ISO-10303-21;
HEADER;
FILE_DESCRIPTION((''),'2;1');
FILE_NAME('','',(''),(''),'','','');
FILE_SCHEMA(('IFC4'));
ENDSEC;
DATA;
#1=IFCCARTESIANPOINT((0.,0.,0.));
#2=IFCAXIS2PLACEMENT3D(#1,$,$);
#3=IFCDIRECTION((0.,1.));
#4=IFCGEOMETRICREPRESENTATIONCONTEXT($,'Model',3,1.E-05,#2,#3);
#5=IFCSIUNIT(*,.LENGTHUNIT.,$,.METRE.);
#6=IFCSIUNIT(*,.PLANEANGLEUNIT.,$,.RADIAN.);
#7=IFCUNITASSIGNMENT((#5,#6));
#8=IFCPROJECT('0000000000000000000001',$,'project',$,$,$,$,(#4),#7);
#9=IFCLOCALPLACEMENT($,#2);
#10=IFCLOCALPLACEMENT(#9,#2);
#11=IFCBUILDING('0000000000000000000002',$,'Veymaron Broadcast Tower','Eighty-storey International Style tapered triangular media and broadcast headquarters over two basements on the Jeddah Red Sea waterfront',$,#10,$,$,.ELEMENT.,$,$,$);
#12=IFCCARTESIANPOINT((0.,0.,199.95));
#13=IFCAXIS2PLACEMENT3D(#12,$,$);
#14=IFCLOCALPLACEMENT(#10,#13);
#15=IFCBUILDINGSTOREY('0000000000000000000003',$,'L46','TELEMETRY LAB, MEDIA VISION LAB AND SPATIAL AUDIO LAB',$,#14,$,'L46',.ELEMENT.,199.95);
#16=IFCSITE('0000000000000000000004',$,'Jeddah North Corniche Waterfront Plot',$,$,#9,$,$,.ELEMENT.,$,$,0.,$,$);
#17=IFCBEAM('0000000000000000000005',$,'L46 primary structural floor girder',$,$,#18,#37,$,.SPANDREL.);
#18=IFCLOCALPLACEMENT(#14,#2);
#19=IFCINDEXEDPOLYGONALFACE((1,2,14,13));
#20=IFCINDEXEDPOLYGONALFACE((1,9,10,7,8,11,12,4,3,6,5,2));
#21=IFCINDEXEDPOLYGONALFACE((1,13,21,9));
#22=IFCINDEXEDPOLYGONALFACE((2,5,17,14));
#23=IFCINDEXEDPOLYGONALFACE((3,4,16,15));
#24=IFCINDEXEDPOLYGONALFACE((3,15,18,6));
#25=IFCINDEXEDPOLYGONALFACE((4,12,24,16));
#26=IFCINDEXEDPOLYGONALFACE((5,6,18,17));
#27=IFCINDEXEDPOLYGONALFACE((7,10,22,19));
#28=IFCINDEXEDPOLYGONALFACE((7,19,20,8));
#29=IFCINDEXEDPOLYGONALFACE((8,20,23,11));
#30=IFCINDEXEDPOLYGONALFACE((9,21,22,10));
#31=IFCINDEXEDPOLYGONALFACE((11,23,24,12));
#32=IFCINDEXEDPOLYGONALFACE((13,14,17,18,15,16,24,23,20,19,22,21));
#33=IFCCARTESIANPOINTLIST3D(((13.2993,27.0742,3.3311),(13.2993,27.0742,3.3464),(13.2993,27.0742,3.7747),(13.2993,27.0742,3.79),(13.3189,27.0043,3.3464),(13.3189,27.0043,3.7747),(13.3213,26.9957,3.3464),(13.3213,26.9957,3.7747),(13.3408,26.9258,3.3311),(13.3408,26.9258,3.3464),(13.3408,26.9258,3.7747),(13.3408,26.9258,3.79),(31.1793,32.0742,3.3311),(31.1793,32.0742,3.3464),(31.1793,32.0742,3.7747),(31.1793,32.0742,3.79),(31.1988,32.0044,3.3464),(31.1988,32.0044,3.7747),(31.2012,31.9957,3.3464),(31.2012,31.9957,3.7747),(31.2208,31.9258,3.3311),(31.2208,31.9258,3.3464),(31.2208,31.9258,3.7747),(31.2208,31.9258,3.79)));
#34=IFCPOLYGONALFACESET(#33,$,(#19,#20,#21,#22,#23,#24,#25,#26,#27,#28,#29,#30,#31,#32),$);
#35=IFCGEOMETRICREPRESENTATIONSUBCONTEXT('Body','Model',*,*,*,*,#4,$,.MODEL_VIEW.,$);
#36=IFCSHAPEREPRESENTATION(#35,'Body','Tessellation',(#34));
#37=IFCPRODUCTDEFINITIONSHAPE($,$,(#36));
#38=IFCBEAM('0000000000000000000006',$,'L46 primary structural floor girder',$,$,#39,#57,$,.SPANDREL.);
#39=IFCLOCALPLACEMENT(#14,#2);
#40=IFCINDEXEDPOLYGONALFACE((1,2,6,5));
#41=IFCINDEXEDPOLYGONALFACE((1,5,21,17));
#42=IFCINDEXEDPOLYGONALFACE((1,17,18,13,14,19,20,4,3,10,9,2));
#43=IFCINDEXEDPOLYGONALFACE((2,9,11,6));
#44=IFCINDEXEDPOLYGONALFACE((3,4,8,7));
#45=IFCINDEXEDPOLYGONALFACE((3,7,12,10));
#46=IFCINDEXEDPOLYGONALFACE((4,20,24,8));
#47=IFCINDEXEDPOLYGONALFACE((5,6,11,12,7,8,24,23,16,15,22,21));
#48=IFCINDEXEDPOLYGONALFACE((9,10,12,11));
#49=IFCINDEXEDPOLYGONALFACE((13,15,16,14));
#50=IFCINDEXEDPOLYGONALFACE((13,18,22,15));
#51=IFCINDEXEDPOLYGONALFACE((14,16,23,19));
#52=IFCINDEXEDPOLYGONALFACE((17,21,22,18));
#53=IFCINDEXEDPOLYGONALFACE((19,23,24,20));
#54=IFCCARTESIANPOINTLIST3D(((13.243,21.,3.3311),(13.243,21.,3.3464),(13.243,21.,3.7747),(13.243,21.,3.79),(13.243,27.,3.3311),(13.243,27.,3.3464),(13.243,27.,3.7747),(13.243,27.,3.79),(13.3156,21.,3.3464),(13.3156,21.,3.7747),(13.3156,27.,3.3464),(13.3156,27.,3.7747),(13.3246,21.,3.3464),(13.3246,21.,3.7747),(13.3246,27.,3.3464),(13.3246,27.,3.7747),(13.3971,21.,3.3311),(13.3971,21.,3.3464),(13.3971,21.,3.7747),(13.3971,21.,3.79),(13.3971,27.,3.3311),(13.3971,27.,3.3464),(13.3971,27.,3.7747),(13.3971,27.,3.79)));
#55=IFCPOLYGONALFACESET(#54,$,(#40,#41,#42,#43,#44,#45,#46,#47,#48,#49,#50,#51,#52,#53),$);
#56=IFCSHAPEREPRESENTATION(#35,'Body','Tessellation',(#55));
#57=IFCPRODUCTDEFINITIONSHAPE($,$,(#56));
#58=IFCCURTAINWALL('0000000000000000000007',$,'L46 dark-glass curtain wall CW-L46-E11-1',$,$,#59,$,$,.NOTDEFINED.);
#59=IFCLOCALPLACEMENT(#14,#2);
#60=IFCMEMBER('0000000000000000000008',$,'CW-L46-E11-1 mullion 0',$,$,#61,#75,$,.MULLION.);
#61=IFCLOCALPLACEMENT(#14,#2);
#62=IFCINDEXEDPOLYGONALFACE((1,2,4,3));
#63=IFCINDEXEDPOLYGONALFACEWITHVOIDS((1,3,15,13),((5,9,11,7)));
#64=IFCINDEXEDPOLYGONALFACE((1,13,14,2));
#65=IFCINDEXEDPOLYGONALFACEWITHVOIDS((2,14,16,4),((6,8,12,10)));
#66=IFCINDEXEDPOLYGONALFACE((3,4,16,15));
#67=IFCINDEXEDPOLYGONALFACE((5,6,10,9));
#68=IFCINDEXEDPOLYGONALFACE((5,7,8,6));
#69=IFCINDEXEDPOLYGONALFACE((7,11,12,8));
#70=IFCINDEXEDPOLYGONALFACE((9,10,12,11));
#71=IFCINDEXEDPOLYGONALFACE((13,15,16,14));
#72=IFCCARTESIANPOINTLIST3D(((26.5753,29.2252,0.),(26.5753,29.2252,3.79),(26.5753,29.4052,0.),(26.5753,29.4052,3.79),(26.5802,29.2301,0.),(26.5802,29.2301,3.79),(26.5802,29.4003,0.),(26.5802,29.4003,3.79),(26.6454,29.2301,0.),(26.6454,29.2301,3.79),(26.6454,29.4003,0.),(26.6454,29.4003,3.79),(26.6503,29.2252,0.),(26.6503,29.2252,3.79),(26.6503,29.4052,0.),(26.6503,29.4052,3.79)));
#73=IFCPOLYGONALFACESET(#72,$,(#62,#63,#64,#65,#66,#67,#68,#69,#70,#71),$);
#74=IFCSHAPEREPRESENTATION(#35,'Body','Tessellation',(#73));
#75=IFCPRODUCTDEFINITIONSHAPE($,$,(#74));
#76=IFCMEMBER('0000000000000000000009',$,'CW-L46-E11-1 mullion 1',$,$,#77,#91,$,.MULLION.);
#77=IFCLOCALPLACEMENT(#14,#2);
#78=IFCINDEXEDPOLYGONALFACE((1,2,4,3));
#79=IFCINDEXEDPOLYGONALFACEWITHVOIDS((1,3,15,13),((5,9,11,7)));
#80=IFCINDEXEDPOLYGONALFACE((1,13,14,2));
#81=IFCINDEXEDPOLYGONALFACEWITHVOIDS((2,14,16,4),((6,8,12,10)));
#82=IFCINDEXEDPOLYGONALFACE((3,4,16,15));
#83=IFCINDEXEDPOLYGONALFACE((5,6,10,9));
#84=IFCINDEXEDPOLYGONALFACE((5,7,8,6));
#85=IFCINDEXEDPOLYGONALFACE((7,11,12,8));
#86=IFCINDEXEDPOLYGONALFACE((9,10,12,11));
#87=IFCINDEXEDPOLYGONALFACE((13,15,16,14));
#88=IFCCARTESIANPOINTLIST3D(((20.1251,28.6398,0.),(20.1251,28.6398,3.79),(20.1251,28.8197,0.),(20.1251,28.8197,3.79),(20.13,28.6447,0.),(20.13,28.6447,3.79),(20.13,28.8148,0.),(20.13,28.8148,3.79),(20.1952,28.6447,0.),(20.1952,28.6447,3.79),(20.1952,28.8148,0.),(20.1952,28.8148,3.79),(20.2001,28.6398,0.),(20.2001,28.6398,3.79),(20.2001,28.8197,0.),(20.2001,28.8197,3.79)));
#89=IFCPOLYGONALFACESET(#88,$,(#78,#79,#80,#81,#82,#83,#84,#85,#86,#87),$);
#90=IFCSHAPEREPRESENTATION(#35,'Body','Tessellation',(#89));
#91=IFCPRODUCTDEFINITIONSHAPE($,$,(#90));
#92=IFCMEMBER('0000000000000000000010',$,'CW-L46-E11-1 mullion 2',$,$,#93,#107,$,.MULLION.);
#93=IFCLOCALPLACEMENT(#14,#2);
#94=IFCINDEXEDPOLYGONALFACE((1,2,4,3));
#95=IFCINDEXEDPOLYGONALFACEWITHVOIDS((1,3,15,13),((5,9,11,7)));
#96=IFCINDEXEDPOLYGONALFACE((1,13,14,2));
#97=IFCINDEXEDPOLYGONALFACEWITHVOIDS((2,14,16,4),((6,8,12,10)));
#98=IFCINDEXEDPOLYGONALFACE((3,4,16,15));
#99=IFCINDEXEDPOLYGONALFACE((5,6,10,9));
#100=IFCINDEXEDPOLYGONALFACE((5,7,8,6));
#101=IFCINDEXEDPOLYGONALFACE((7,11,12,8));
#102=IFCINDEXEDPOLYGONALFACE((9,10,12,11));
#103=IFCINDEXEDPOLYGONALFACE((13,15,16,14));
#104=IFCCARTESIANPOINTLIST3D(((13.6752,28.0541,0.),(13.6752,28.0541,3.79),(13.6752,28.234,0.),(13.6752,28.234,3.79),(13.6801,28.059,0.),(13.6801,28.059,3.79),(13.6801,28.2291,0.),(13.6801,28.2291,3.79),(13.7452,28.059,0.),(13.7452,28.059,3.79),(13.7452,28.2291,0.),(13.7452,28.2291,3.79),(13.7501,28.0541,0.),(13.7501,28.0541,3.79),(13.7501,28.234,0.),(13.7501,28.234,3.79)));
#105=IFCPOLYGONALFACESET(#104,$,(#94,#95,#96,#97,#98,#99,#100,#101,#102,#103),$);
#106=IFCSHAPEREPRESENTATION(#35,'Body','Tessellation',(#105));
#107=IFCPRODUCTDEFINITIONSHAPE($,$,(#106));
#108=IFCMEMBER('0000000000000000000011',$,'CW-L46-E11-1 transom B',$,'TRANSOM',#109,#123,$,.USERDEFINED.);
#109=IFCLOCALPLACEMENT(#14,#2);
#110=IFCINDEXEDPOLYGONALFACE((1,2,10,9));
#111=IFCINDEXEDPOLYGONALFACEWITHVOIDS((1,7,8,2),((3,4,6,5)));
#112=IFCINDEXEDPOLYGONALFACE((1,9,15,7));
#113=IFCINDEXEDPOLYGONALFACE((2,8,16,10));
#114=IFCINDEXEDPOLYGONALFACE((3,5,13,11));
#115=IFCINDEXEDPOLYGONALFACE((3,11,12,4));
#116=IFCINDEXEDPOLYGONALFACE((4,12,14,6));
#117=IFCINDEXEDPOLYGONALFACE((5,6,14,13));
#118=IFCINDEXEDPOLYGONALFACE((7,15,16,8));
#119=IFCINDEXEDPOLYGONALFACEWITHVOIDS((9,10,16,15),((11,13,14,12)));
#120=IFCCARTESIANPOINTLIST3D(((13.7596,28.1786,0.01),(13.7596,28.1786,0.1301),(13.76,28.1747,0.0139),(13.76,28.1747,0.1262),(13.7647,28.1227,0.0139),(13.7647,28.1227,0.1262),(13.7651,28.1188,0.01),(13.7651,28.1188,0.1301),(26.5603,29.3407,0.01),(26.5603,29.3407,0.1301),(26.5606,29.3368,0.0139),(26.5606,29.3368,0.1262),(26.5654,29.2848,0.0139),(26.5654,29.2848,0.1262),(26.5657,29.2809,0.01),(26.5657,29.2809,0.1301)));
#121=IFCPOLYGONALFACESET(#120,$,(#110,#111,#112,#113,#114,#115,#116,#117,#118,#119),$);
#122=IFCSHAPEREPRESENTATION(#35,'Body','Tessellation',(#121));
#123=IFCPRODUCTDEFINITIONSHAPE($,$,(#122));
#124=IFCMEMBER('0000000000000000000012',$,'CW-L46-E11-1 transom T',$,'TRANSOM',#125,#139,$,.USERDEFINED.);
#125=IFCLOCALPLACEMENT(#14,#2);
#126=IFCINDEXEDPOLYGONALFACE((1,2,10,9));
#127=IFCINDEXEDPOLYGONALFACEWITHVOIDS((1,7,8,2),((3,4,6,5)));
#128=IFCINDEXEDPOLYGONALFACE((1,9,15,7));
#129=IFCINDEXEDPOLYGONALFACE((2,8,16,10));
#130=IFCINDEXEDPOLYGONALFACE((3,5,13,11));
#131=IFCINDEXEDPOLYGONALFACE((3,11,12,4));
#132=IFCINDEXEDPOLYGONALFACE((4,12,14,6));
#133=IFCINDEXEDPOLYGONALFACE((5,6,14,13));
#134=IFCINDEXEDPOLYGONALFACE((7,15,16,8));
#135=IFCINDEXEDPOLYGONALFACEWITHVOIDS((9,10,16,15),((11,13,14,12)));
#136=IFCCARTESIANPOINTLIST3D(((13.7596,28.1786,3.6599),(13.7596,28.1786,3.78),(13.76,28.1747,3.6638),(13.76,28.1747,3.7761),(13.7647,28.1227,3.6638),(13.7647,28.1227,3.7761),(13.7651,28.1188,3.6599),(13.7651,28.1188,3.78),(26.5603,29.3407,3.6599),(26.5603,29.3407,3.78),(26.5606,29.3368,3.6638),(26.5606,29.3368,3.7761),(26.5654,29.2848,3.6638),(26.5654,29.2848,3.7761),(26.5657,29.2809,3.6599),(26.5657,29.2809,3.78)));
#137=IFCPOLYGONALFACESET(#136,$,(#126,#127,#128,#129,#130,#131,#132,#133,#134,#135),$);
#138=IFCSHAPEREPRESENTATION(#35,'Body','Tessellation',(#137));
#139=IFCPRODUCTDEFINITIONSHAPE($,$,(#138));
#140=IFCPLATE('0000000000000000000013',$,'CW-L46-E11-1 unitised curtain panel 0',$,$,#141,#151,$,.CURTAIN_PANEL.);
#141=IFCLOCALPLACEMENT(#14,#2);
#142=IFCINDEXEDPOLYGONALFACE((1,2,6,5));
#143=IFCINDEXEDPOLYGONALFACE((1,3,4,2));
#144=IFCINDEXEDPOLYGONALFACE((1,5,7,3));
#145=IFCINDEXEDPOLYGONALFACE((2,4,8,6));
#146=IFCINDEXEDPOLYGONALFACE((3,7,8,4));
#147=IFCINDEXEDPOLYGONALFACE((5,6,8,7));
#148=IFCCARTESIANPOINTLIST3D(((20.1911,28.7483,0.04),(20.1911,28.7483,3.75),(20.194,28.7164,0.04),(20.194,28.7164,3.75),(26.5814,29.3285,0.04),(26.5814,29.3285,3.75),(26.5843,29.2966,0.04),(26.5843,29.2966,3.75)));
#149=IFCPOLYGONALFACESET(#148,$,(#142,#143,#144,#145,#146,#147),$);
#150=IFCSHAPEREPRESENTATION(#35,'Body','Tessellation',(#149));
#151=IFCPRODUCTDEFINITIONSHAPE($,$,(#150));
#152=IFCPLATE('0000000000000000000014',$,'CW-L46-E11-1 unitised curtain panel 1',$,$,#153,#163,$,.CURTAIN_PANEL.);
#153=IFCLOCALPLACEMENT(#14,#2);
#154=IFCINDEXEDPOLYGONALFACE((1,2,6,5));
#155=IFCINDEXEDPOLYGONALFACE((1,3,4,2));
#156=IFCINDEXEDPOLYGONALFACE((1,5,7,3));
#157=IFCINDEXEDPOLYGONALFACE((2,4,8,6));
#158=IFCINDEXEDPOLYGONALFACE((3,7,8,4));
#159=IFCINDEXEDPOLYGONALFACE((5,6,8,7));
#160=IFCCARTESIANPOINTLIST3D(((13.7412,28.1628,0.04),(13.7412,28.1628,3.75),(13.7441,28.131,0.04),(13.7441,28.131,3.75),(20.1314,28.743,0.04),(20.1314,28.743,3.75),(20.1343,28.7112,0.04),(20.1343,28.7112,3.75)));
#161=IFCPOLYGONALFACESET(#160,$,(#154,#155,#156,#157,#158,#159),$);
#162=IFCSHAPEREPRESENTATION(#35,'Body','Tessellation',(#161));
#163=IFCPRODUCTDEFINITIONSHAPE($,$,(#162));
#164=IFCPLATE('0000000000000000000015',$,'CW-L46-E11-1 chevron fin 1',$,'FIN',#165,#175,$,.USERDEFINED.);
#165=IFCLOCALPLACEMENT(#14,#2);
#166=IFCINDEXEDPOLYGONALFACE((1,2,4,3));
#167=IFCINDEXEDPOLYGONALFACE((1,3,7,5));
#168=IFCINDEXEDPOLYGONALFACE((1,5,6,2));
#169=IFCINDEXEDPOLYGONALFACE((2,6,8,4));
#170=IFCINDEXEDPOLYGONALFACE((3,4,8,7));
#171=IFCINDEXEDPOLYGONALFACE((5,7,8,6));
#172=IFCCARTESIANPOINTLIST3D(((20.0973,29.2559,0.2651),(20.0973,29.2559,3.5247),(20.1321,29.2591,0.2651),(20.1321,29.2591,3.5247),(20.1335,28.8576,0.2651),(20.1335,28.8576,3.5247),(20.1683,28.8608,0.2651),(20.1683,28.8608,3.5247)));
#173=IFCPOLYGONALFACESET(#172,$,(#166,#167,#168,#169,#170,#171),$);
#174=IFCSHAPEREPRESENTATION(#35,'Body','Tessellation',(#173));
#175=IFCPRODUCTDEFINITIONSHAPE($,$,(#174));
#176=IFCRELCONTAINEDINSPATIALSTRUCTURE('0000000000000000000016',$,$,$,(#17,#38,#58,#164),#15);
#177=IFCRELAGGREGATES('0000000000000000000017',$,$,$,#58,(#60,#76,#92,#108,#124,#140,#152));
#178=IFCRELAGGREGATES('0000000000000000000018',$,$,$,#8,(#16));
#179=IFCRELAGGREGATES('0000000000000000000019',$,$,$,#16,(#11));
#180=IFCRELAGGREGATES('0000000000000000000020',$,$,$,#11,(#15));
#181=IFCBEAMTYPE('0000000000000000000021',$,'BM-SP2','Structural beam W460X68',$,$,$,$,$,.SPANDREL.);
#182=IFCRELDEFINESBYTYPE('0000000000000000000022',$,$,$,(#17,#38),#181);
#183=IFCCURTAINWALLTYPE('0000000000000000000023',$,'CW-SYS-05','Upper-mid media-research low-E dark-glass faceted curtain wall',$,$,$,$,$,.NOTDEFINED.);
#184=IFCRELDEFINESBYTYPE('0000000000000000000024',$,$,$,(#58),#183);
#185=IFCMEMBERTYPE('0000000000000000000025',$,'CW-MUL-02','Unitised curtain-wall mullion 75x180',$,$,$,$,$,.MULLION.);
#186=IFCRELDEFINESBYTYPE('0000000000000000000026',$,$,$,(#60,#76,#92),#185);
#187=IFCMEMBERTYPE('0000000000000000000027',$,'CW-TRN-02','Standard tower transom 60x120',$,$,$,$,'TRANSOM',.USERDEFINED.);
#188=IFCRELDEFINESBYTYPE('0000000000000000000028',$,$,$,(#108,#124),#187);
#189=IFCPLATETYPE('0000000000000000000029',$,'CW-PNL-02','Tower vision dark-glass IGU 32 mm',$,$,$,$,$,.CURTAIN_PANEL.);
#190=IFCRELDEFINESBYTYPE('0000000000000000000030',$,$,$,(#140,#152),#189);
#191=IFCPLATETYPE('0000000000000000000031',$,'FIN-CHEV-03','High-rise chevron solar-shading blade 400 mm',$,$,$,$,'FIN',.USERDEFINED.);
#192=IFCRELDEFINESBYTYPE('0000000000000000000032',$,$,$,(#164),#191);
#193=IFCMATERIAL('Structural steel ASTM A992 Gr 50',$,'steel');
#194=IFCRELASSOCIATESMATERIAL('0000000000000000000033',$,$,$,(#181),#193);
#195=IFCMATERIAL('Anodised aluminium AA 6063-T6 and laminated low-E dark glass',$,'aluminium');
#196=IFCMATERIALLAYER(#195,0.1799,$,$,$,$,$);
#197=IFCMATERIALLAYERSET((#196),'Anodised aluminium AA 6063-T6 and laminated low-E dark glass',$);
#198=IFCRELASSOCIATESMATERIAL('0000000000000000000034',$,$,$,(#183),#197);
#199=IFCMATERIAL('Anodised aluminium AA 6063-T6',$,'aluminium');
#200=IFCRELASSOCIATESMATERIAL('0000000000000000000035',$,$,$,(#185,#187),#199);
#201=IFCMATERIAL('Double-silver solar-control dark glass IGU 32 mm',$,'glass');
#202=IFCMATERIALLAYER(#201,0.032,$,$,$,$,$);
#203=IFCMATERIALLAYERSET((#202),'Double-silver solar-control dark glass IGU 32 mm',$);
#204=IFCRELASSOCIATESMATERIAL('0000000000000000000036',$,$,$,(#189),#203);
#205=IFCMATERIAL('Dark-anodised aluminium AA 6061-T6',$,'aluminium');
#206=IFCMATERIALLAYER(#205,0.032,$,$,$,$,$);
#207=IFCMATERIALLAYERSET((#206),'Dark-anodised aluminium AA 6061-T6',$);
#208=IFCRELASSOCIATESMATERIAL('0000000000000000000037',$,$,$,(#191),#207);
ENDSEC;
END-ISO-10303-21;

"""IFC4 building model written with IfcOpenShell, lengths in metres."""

from ifc_helpers import new_model, si_unit, direction, frame, origin, origin_2d, place, context, subcontext, project, spatial, rectangle, hollow_rectangle, i_section, extrude, material, layer, layer_set, material_profile, profile_set, type_object, element, aggregate, save


model = new_model("IFC4")

# Units and contexts
model_context = context("Model", 3, precision=1e-05, world=origin(), true_north=direction((0.0, 1.0)))
body_context = subcontext(model_context, "Body", "Model", "MODEL_VIEW")
ifc_project = project(units=[si_unit("LENGTHUNIT", "METRE"), si_unit("PLANEANGLEUNIT", "RADIAN")], contexts=[model_context])

# Site, building, storey
site_placement = place(None, origin())
site = spatial("IfcSite", under=ifc_project, at=site_placement, Name="Jeddah North Corniche Waterfront Plot", CompositionType="ELEMENT", RefElevation=0.0)
building_placement = place(site_placement, origin())
building = spatial("IfcBuilding", under=site, at=building_placement, Name="Veymaron Broadcast Tower", Description="Eighty-storey International Style tapered triangular media and broadcast headquarters over two basements on the Jeddah Red Sea waterfront", CompositionType="ELEMENT")
storey_placement = place(building_placement, frame((0.0, 0.0, 199.95)))
storey = spatial("IfcBuildingStorey", under=building, at=storey_placement, Name="L46", Description="TELEMETRY LAB, MEDIA VISION LAB AND SPATIAL AUDIO LAB", LongName="L46", CompositionType="ELEMENT", Elevation=199.95)

# Beams
ifc_material_1 = material(Name="Structural steel ASTM A992 Gr 50", Category="steel")
ifc_material_profile_1 = material_profile(ifc_material_1, i_section(OverallWidth=0.1541, OverallDepth=0.459, WebThickness=0.009, FlangeThickness=0.0154, at=origin_2d()), Name="W460X68")
ifc_profile_set_1 = profile_set([ifc_material_profile_1], Name="Structural steel ASTM A992 Gr 50")
beam_type_1 = type_object("IfcBeamType", Name="BM-SP2", Description="Structural beam W460X68", PredefinedType="SPANDREL", material=ifc_profile_set_1)
for number, where, z_axis, x_axis, name in (
    (1, (13.3201, 27.0, 3.5605), (0.963053, 0.269312, 0.0), (-0.269312, 0.963053, 0.0), "L46 primary structural floor girder"),
):
    element("IfcBeam", number, at=place(storey_placement, frame(where, z_axis=z_axis, x_axis=x_axis)), inside=storey, type_object=beam_type_1, Name=name, PredefinedType="SPANDREL", context=body_context, shape_type="SweptSolid", body=[
        extrude(i_section(OverallWidth=0.1541, OverallDepth=0.459, WebThickness=0.009, FlangeThickness=0.0154, at=origin_2d()), origin(), (0.0, 0.0, 1.0), 18.5659),
    ])
beam_1_placement = place(storey_placement, frame((13.3201, 21.0, 3.5605), z_axis=(0.0, 1.0, 0.0), x_axis=(-1.0, 0.0, 0.0)))
element("IfcBeam", 2, at=beam_1_placement, inside=storey, type_object=beam_type_1, Name="L46 primary structural floor girder", PredefinedType="SPANDREL", context=body_context, shape_type="SweptSolid", body=[
    extrude(i_section(OverallWidth=0.1541, OverallDepth=0.459, WebThickness=0.009, FlangeThickness=0.0154, at=origin_2d()), origin(), (0.0, 0.0, 1.0), 6.0),
])

# Curtain wall, members, plates
ifc_material_2 = material(Name="Anodised aluminium AA 6063-T6 and laminated low-E dark glass", Category="aluminium")
ifc_layer_1 = layer(ifc_material_2, 0.1799)
ifc_layer_set_1 = layer_set([ifc_layer_1], Name="Anodised aluminium AA 6063-T6 and laminated low-E dark glass")
curtain_wall_type = type_object("IfcCurtainWallType", Name="CW-SYS-05", Description="Upper-mid media-research low-E dark-glass faceted curtain wall", PredefinedType="NOTDEFINED", material=ifc_layer_set_1)
curtain_wall_placement = place(storey_placement, origin())
curtain_wall = element("IfcCurtainWall", 3, at=curtain_wall_placement, inside=storey, type_object=curtain_wall_type, Name="L46 dark-glass curtain wall CW-L46-E11-1", PredefinedType="NOTDEFINED")
ifc_material_3 = material(Name="Anodised aluminium AA 6063-T6", Category="aluminium")
ifc_material_profile_2 = material_profile(ifc_material_3, hollow_rectangle(XDim=0.075, YDim=0.1799, WallThickness=0.0049, at=origin_2d()), Name="AL180X75X5")
ifc_profile_set_2 = profile_set([ifc_material_profile_2], Name="Anodised aluminium AA 6063-T6")
member_type_1 = type_object("IfcMemberType", Name="CW-MUL-02", Description="Unitised curtain-wall mullion 75x180", PredefinedType="MULLION", material=ifc_profile_set_2)
member_1_placement = place(storey_placement, frame((26.6128, 29.3152, 0.0), z_axis=(0.0, 0.0, 1.0), x_axis=(1.0, 0.0, 0.0)))
member_1 = element("IfcMember", 4, at=member_1_placement, type_object=member_type_1, Name="CW-L46-E11-1 mullion 0", PredefinedType="MULLION", context=body_context, shape_type="SweptSolid", body=[
    extrude(hollow_rectangle(XDim=0.075, YDim=0.1799, WallThickness=0.0049, at=origin_2d()), origin(), (0.0, 0.0, 1.0), 3.79),
])
member_2_placement = place(storey_placement, frame((20.1626, 28.7297, 0.0), z_axis=(0.0, 0.0, 1.0), x_axis=(1.0, 0.0, 0.0)))
member_2 = element("IfcMember", 5, at=member_2_placement, type_object=member_type_1, Name="CW-L46-E11-1 mullion 1", PredefinedType="MULLION", context=body_context, shape_type="SweptSolid", body=[
    extrude(hollow_rectangle(XDim=0.075, YDim=0.1799, WallThickness=0.0049, at=origin_2d()), origin(), (0.0, 0.0, 1.0), 3.79),
])
member_3_placement = place(storey_placement, frame((13.7126, 28.144, 0.0), z_axis=(0.0, 0.0, 1.0), x_axis=(1.0, 0.0, 0.0)))
member_3 = element("IfcMember", 6, at=member_3_placement, type_object=member_type_1, Name="CW-L46-E11-1 mullion 2", PredefinedType="MULLION", context=body_context, shape_type="SweptSolid", body=[
    extrude(hollow_rectangle(XDim=0.075, YDim=0.1799, WallThickness=0.0049, at=origin_2d()), origin(), (0.0, 0.0, 1.0), 3.79),
])
ifc_material_profile_3 = material_profile(ifc_material_3, hollow_rectangle(XDim=0.0601, YDim=0.1201, WallThickness=0.0039, at=origin_2d()), Name="AL120X60X4")
ifc_profile_set_3 = profile_set([ifc_material_profile_3], Name="Anodised aluminium AA 6063-T6")
member_type_2 = type_object("IfcMemberType", Name="CW-TRN-02", Description="Standard tower transom 60x120", ElementType="TRANSOM", PredefinedType="USERDEFINED", material=ifc_profile_set_3)
member_4_placement = place(storey_placement, frame((26.563, 29.3108, 0.0701), z_axis=(-0.995904, -0.090414, 0.0), x_axis=(0.090414, -0.995904, 0.0)))
member_4 = element("IfcMember", 7, at=member_4_placement, type_object=member_type_2, Name="CW-L46-E11-1 transom B", ObjectType="TRANSOM", PredefinedType="USERDEFINED", context=body_context, shape_type="SweptSolid", body=[
    extrude(hollow_rectangle(XDim=0.0601, YDim=0.1201, WallThickness=0.0039, at=origin_2d()), origin(), (0.0, 0.0, 1.0), 12.8533),
])
member_5_placement = place(storey_placement, frame((26.563, 29.3108, 3.72), z_axis=(-0.995904, -0.090414, 0.0), x_axis=(0.090414, -0.995904, 0.0)))
member_5 = element("IfcMember", 8, at=member_5_placement, type_object=member_type_2, Name="CW-L46-E11-1 transom T", ObjectType="TRANSOM", PredefinedType="USERDEFINED", context=body_context, shape_type="SweptSolid", body=[
    extrude(hollow_rectangle(XDim=0.0601, YDim=0.1201, WallThickness=0.0039, at=origin_2d()), origin(), (0.0, 0.0, 1.0), 12.8533),
])
ifc_material_4 = material(Name="Double-silver solar-control dark glass IGU 32 mm", Category="glass")
ifc_layer_2 = layer(ifc_material_4, 0.032)
ifc_layer_set_2 = layer_set([ifc_layer_2], Name="Double-silver solar-control dark glass IGU 32 mm")
plate_type_1 = type_object("IfcPlateType", Name="CW-PNL-02", Description="Tower vision dark-glass IGU 32 mm", PredefinedType="CURTAIN_PANEL", material=ifc_layer_set_2)
plate_1_placement = place(storey_placement, frame((23.3877, 29.0225, 0.04), z_axis=(0.0, 0.0, 1.0), x_axis=(-0.995903, -0.090424, 0.0)))
plate_1 = element("IfcPlate", 9, at=plate_1_placement, type_object=plate_type_1, Name="CW-L46-E11-1 unitised curtain panel 0", PredefinedType="CURTAIN_PANEL", context=body_context, shape_type="SweptSolid", body=[
    extrude(rectangle(XDim=6.4165, YDim=0.032, at=origin_2d()), origin(), (0.0, 0.0, 1.0), 3.71),
])
plate_2_placement = place(storey_placement, frame((16.9377, 28.437, 0.04), z_axis=(0.0, 0.0, 1.0), x_axis=(-0.995903, -0.090424, 0.0)))
plate_2 = element("IfcPlate", 10, at=plate_2_placement, type_object=plate_type_1, Name="CW-L46-E11-1 unitised curtain panel 1", PredefinedType="CURTAIN_PANEL", context=body_context, shape_type="SweptSolid", body=[
    extrude(rectangle(XDim=6.4165, YDim=0.032, at=origin_2d()), origin(), (0.0, 0.0, 1.0), 3.71),
])
aggregate(curtain_wall, [member_1, member_2, member_3, member_4, member_5, plate_1, plate_2])

# Plate
ifc_material_5 = material(Name="Dark-anodised aluminium AA 6061-T6", Category="aluminium")
ifc_layer_3 = layer(ifc_material_5, 0.032)
ifc_layer_set_3 = layer_set([ifc_layer_3], Name="Dark-anodised aluminium AA 6061-T6")
plate_type_2 = type_object("IfcPlateType", Name="FIN-CHEV-03", Description="High-rise chevron solar-shading blade 400 mm", ElementType="FIN", PredefinedType="USERDEFINED", material=ifc_layer_set_3)
plate_3_placement = place(storey_placement, frame((20.1328, 29.0583, 0.2651), z_axis=(0.0, 0.0, 1.0), x_axis=(-0.090424, 0.995903, 0.0)))
element("IfcPlate", 11, at=plate_3_placement, inside=storey, type_object=plate_type_2, Name="CW-L46-E11-1 chevron fin 1", ObjectType="FIN", PredefinedType="USERDEFINED", context=body_context, shape_type="SweptSolid", body=[
    extrude(rectangle(XDim=0.3999, YDim=0.0349, at=origin_2d()), origin(), (0.0, 0.0, 1.0), 3.2595),
])

save(model, "model.ifc")
